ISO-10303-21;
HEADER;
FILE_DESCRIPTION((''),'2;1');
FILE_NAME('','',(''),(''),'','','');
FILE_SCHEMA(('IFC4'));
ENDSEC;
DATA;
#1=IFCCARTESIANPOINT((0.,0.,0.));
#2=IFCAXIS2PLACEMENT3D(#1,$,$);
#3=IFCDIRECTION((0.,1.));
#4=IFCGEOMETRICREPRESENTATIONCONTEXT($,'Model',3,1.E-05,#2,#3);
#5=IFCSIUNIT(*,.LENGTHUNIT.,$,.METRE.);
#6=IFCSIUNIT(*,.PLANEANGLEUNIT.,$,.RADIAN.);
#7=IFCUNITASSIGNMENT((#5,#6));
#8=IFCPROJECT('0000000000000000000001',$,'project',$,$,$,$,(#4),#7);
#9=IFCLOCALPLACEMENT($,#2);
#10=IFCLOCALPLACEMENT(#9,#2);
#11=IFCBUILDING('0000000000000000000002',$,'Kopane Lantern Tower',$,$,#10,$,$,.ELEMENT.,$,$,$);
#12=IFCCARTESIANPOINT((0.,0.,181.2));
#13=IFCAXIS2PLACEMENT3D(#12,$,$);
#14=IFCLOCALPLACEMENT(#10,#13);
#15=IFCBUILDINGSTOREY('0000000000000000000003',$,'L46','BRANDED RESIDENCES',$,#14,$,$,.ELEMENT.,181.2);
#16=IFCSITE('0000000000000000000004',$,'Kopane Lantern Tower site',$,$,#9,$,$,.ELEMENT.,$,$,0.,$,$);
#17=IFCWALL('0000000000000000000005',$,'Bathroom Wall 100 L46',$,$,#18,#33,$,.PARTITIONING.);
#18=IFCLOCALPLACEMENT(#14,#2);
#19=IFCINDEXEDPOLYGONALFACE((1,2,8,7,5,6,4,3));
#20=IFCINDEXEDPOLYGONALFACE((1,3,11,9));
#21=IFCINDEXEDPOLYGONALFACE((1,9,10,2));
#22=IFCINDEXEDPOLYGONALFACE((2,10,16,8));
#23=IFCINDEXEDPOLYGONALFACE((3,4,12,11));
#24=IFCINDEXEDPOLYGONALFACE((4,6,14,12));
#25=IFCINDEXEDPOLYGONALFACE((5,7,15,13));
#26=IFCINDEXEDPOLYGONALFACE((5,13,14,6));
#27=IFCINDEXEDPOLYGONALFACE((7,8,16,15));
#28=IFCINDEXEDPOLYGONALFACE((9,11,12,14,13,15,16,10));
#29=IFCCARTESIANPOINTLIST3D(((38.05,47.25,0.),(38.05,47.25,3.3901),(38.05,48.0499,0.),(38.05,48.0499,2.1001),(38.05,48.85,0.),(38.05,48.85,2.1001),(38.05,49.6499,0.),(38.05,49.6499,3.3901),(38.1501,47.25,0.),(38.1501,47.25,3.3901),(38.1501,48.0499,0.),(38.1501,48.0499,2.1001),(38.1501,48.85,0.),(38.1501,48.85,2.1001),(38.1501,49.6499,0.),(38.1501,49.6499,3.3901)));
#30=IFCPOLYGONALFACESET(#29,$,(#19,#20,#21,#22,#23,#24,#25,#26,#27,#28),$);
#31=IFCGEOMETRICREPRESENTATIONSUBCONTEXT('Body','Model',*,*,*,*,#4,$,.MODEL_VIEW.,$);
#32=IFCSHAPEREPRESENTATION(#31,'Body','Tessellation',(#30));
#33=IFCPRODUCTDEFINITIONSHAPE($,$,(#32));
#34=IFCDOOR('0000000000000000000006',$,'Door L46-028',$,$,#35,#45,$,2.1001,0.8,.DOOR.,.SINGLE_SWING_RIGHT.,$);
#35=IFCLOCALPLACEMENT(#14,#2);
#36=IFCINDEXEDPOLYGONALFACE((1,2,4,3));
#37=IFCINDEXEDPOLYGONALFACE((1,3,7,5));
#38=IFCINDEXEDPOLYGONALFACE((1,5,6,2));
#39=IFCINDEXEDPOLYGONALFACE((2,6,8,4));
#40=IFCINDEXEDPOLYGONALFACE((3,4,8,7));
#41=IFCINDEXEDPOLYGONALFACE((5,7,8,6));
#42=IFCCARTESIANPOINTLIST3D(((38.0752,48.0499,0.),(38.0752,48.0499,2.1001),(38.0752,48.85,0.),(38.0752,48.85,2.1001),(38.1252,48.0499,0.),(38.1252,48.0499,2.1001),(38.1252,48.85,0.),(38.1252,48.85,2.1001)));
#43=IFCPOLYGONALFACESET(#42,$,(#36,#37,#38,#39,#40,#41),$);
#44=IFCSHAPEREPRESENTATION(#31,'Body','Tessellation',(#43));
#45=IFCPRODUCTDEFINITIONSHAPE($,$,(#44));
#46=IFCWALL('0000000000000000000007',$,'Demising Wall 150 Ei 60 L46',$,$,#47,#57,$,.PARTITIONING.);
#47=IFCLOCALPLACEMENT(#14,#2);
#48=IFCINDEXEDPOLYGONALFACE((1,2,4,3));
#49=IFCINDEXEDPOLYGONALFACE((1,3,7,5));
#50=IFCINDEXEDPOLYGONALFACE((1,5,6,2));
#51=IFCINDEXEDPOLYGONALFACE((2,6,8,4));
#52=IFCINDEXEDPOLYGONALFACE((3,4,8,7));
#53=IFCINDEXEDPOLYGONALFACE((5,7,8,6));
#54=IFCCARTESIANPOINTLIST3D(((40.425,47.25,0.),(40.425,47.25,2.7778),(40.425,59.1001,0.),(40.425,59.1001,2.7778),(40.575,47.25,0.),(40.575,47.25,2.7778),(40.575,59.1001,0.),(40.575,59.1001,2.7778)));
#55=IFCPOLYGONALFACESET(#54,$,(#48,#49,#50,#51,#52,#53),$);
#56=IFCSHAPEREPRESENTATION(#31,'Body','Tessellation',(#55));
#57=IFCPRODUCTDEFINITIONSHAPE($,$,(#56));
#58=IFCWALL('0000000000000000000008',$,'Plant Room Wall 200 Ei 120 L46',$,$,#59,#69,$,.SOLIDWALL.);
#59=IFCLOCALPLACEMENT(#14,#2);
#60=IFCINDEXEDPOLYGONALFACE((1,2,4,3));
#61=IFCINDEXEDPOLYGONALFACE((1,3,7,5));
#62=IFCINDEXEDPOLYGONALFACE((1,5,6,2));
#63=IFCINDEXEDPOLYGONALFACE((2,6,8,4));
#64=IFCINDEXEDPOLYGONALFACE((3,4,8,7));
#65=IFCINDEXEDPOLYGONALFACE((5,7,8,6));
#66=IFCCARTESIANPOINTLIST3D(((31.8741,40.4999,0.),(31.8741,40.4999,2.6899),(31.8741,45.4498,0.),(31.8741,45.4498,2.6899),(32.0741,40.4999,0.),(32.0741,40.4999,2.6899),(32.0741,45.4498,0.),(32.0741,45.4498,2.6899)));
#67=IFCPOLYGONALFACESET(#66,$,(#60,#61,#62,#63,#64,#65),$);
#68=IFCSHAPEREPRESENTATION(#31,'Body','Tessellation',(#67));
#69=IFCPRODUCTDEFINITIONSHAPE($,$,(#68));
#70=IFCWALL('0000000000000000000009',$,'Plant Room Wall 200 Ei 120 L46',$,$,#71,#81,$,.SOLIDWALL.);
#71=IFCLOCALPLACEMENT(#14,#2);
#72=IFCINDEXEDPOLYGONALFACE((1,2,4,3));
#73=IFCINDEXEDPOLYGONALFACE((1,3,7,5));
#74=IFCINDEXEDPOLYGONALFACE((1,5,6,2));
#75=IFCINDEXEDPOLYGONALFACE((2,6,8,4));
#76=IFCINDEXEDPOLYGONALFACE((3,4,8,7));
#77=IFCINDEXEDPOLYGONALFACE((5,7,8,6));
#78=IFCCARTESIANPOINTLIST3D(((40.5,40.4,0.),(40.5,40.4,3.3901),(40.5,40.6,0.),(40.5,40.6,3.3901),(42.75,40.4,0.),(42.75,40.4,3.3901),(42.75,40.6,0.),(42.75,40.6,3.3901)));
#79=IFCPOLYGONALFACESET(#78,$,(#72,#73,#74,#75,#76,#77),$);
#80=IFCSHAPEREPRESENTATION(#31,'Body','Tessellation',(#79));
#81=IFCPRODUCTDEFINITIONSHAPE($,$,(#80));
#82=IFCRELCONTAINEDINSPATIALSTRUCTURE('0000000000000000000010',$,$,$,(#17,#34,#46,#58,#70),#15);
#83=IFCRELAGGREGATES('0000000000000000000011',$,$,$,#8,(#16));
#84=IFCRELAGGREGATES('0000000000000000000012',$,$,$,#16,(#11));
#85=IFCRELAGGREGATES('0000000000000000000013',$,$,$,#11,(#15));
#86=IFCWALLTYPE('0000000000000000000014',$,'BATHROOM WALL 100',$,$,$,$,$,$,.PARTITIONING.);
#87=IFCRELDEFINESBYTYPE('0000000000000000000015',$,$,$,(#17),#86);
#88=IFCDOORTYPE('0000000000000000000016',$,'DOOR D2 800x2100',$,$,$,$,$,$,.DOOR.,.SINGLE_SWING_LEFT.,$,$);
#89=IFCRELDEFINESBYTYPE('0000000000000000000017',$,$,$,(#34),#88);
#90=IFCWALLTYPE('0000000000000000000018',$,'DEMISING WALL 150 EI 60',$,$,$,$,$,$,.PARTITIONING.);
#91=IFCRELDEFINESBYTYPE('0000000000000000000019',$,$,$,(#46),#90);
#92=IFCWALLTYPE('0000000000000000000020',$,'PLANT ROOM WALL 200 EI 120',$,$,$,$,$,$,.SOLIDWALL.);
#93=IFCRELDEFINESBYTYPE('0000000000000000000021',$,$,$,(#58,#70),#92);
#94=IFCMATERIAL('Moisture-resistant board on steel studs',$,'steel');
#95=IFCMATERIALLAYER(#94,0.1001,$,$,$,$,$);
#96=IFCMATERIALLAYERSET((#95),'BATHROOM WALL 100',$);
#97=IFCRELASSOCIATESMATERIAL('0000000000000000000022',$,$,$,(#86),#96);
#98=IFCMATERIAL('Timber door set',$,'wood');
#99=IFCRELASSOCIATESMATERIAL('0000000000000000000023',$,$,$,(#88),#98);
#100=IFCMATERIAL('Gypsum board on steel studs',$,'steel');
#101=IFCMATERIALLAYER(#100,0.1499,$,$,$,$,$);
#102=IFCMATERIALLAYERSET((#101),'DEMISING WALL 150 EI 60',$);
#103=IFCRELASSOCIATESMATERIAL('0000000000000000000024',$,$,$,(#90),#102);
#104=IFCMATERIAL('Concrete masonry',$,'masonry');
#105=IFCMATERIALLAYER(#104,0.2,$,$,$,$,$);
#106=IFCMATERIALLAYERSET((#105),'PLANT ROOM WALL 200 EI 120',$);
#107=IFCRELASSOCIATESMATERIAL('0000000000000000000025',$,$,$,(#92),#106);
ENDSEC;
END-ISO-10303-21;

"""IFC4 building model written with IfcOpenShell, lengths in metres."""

from ifc_helpers import new_model, si_unit, direction, frame, frame_2d, origin, place, context, subcontext, project, spatial, rectangle, extrude, material, layer, layer_set, type_object, element, fill, save


model = new_model("IFC4")

# Units and contexts
model_context = context("Model", 3, precision=1e-05, world=origin(), true_north=direction((0.0, 1.0)))
body_context = subcontext(model_context, "Body", "Model", "MODEL_VIEW")
ifc_project = project(units=[si_unit("LENGTHUNIT", "METRE"), si_unit("PLANEANGLEUNIT", "RADIAN")], contexts=[model_context])

# Site, building, storey
site_placement = place(None, origin())
site = spatial("IfcSite", under=ifc_project, at=site_placement, Name="Kopane Lantern Tower site", CompositionType="ELEMENT", RefElevation=0.0)
building_placement = place(site_placement, origin())
building = spatial("IfcBuilding", under=site, at=building_placement, Name="Kopane Lantern Tower", CompositionType="ELEMENT")
storey_placement = place(building_placement, frame((0.0, 0.0, 181.2)))
storey = spatial("IfcBuildingStorey", under=building, at=storey_placement, Name="L46", Description="BRANDED RESIDENCES", CompositionType="ELEMENT", Elevation=181.2)

# Wall, opening, door
ifc_material_1 = material(Name="Moisture-resistant board on steel studs", Category="steel")
ifc_layer_1 = layer(ifc_material_1, 0.1001)
ifc_layer_set_1 = layer_set([ifc_layer_1], Name="BATHROOM WALL 100")
wall_type_1 = type_object("IfcWallType", Name="BATHROOM WALL 100", PredefinedType="PARTITIONING", material=ifc_layer_set_1)
wall_1_placement = place(storey_placement, frame((38.1001, 47.25, 0.0), z_axis=(0.0, 0.0, 1.0), x_axis=(0.0, 1.0, 0.0)))
wall_1 = element("IfcWall", 1, at=wall_1_placement, inside=storey, type_object=wall_type_1, Name="Bathroom Wall 100 L46", PredefinedType="PARTITIONING", context=body_context, shape_type="SweptSolid", body=[
    extrude(rectangle(XDim=2.3999, YDim=0.1001, at=frame_2d((1.2, 0.0))), origin(), (0.0, 0.0, 1.0), 3.3901),
])
opening_placement = place(wall_1_placement, frame((0.8, 0.0, 0.0)))
opening = element("IfcOpeningElement", 2, at=opening_placement, cuts=wall_1, PredefinedType="OPENING", context=body_context, shape_type="SweptSolid", body=[
    extrude(rectangle(XDim=0.8, YDim=2.1001, at=frame_2d((0.3999, 1.05))), frame((0.0, 0.0601, 0.0), z_axis=(0.0, -1.0, 0.0), x_axis=(1.0, 0.0, 0.0)), (0.0, 0.0, 1.0), 0.1201),
])
ifc_material_2 = material(Name="Timber door set", Category="wood")
door_type = type_object("IfcDoorType", Name="DOOR D2 800x2100", OperationType="SINGLE_SWING_LEFT", PredefinedType="DOOR", material=ifc_material_2)
door_placement = place(opening_placement, origin())
door = element("IfcDoor", 3, at=door_placement, inside=storey, type_object=door_type, Name="Door L46-028", OperationType="SINGLE_SWING_RIGHT", OverallHeight=2.1001, OverallWidth=0.8, PredefinedType="DOOR", context=body_context, shape_type="SweptSolid", body=[
    extrude(rectangle(XDim=0.8, YDim=2.1001, at=frame_2d((0.3999, 1.05))), frame((0.0, 0.0249, 0.0), z_axis=(0.0, -1.0, 0.0), x_axis=(1.0, 0.0, 0.0)), (0.0, 0.0, 1.0), 0.05),
])
fill(opening, door)

# Walls
ifc_material_3 = material(Name="Gypsum board on steel studs", Category="steel")
ifc_layer_2 = layer(ifc_material_3, 0.1499)
ifc_layer_set_2 = layer_set([ifc_layer_2], Name="DEMISING WALL 150 EI 60")
wall_type_2 = type_object("IfcWallType", Name="DEMISING WALL 150 EI 60", PredefinedType="PARTITIONING", material=ifc_layer_set_2)
wall_2_placement = place(storey_placement, frame((40.5, 47.25, 0.0), z_axis=(0.0, 0.0, 1.0), x_axis=(0.0, 1.0, 0.0)))
element("IfcWall", 4, at=wall_2_placement, inside=storey, type_object=wall_type_2, Name="Demising Wall 150 Ei 60 L46", PredefinedType="PARTITIONING", context=body_context, shape_type="SweptSolid", body=[
    extrude(rectangle(XDim=11.8501, YDim=0.1499, at=frame_2d((5.925, 0.0))), origin(), (0.0, 0.0, 1.0), 2.7778),
])
ifc_material_4 = material(Name="Concrete masonry", Category="masonry")
ifc_layer_3 = layer(ifc_material_4, 0.2)
ifc_layer_set_3 = layer_set([ifc_layer_3], Name="PLANT ROOM WALL 200 EI 120")
wall_type_3 = type_object("IfcWallType", Name="PLANT ROOM WALL 200 EI 120", PredefinedType="SOLIDWALL", material=ifc_layer_set_3)
wall_3_placement = place(storey_placement, frame((31.9741, 45.45, 0.0), z_axis=(0.0, 0.0, 1.0), x_axis=(0.0, -1.0, 0.0)))
element("IfcWall", 5, at=wall_3_placement, inside=storey, type_object=wall_type_3, Name="Plant Room Wall 200 Ei 120 L46", PredefinedType="SOLIDWALL", context=body_context, shape_type="SweptSolid", body=[
    extrude(rectangle(XDim=4.95, YDim=0.2, at=frame_2d((2.4751, 0.0))), origin(), (0.0, 0.0, 1.0), 2.6899),
])
wall_4_placement = place(storey_placement, frame((40.5, 40.5, 0.0), z_axis=(0.0, 0.0, 1.0), x_axis=(1.0, 0.0, 0.0)))
element("IfcWall", 6, at=wall_4_placement, inside=storey, type_object=wall_type_3, Name="Plant Room Wall 200 Ei 120 L46", PredefinedType="SOLIDWALL", context=body_context, shape_type="SweptSolid", body=[
    extrude(rectangle(XDim=2.25, YDim=0.2, at=frame_2d((1.125, 0.0))), origin(), (0.0, 0.0, 1.0), 3.3901),
])

save(model, "model.ifc")
